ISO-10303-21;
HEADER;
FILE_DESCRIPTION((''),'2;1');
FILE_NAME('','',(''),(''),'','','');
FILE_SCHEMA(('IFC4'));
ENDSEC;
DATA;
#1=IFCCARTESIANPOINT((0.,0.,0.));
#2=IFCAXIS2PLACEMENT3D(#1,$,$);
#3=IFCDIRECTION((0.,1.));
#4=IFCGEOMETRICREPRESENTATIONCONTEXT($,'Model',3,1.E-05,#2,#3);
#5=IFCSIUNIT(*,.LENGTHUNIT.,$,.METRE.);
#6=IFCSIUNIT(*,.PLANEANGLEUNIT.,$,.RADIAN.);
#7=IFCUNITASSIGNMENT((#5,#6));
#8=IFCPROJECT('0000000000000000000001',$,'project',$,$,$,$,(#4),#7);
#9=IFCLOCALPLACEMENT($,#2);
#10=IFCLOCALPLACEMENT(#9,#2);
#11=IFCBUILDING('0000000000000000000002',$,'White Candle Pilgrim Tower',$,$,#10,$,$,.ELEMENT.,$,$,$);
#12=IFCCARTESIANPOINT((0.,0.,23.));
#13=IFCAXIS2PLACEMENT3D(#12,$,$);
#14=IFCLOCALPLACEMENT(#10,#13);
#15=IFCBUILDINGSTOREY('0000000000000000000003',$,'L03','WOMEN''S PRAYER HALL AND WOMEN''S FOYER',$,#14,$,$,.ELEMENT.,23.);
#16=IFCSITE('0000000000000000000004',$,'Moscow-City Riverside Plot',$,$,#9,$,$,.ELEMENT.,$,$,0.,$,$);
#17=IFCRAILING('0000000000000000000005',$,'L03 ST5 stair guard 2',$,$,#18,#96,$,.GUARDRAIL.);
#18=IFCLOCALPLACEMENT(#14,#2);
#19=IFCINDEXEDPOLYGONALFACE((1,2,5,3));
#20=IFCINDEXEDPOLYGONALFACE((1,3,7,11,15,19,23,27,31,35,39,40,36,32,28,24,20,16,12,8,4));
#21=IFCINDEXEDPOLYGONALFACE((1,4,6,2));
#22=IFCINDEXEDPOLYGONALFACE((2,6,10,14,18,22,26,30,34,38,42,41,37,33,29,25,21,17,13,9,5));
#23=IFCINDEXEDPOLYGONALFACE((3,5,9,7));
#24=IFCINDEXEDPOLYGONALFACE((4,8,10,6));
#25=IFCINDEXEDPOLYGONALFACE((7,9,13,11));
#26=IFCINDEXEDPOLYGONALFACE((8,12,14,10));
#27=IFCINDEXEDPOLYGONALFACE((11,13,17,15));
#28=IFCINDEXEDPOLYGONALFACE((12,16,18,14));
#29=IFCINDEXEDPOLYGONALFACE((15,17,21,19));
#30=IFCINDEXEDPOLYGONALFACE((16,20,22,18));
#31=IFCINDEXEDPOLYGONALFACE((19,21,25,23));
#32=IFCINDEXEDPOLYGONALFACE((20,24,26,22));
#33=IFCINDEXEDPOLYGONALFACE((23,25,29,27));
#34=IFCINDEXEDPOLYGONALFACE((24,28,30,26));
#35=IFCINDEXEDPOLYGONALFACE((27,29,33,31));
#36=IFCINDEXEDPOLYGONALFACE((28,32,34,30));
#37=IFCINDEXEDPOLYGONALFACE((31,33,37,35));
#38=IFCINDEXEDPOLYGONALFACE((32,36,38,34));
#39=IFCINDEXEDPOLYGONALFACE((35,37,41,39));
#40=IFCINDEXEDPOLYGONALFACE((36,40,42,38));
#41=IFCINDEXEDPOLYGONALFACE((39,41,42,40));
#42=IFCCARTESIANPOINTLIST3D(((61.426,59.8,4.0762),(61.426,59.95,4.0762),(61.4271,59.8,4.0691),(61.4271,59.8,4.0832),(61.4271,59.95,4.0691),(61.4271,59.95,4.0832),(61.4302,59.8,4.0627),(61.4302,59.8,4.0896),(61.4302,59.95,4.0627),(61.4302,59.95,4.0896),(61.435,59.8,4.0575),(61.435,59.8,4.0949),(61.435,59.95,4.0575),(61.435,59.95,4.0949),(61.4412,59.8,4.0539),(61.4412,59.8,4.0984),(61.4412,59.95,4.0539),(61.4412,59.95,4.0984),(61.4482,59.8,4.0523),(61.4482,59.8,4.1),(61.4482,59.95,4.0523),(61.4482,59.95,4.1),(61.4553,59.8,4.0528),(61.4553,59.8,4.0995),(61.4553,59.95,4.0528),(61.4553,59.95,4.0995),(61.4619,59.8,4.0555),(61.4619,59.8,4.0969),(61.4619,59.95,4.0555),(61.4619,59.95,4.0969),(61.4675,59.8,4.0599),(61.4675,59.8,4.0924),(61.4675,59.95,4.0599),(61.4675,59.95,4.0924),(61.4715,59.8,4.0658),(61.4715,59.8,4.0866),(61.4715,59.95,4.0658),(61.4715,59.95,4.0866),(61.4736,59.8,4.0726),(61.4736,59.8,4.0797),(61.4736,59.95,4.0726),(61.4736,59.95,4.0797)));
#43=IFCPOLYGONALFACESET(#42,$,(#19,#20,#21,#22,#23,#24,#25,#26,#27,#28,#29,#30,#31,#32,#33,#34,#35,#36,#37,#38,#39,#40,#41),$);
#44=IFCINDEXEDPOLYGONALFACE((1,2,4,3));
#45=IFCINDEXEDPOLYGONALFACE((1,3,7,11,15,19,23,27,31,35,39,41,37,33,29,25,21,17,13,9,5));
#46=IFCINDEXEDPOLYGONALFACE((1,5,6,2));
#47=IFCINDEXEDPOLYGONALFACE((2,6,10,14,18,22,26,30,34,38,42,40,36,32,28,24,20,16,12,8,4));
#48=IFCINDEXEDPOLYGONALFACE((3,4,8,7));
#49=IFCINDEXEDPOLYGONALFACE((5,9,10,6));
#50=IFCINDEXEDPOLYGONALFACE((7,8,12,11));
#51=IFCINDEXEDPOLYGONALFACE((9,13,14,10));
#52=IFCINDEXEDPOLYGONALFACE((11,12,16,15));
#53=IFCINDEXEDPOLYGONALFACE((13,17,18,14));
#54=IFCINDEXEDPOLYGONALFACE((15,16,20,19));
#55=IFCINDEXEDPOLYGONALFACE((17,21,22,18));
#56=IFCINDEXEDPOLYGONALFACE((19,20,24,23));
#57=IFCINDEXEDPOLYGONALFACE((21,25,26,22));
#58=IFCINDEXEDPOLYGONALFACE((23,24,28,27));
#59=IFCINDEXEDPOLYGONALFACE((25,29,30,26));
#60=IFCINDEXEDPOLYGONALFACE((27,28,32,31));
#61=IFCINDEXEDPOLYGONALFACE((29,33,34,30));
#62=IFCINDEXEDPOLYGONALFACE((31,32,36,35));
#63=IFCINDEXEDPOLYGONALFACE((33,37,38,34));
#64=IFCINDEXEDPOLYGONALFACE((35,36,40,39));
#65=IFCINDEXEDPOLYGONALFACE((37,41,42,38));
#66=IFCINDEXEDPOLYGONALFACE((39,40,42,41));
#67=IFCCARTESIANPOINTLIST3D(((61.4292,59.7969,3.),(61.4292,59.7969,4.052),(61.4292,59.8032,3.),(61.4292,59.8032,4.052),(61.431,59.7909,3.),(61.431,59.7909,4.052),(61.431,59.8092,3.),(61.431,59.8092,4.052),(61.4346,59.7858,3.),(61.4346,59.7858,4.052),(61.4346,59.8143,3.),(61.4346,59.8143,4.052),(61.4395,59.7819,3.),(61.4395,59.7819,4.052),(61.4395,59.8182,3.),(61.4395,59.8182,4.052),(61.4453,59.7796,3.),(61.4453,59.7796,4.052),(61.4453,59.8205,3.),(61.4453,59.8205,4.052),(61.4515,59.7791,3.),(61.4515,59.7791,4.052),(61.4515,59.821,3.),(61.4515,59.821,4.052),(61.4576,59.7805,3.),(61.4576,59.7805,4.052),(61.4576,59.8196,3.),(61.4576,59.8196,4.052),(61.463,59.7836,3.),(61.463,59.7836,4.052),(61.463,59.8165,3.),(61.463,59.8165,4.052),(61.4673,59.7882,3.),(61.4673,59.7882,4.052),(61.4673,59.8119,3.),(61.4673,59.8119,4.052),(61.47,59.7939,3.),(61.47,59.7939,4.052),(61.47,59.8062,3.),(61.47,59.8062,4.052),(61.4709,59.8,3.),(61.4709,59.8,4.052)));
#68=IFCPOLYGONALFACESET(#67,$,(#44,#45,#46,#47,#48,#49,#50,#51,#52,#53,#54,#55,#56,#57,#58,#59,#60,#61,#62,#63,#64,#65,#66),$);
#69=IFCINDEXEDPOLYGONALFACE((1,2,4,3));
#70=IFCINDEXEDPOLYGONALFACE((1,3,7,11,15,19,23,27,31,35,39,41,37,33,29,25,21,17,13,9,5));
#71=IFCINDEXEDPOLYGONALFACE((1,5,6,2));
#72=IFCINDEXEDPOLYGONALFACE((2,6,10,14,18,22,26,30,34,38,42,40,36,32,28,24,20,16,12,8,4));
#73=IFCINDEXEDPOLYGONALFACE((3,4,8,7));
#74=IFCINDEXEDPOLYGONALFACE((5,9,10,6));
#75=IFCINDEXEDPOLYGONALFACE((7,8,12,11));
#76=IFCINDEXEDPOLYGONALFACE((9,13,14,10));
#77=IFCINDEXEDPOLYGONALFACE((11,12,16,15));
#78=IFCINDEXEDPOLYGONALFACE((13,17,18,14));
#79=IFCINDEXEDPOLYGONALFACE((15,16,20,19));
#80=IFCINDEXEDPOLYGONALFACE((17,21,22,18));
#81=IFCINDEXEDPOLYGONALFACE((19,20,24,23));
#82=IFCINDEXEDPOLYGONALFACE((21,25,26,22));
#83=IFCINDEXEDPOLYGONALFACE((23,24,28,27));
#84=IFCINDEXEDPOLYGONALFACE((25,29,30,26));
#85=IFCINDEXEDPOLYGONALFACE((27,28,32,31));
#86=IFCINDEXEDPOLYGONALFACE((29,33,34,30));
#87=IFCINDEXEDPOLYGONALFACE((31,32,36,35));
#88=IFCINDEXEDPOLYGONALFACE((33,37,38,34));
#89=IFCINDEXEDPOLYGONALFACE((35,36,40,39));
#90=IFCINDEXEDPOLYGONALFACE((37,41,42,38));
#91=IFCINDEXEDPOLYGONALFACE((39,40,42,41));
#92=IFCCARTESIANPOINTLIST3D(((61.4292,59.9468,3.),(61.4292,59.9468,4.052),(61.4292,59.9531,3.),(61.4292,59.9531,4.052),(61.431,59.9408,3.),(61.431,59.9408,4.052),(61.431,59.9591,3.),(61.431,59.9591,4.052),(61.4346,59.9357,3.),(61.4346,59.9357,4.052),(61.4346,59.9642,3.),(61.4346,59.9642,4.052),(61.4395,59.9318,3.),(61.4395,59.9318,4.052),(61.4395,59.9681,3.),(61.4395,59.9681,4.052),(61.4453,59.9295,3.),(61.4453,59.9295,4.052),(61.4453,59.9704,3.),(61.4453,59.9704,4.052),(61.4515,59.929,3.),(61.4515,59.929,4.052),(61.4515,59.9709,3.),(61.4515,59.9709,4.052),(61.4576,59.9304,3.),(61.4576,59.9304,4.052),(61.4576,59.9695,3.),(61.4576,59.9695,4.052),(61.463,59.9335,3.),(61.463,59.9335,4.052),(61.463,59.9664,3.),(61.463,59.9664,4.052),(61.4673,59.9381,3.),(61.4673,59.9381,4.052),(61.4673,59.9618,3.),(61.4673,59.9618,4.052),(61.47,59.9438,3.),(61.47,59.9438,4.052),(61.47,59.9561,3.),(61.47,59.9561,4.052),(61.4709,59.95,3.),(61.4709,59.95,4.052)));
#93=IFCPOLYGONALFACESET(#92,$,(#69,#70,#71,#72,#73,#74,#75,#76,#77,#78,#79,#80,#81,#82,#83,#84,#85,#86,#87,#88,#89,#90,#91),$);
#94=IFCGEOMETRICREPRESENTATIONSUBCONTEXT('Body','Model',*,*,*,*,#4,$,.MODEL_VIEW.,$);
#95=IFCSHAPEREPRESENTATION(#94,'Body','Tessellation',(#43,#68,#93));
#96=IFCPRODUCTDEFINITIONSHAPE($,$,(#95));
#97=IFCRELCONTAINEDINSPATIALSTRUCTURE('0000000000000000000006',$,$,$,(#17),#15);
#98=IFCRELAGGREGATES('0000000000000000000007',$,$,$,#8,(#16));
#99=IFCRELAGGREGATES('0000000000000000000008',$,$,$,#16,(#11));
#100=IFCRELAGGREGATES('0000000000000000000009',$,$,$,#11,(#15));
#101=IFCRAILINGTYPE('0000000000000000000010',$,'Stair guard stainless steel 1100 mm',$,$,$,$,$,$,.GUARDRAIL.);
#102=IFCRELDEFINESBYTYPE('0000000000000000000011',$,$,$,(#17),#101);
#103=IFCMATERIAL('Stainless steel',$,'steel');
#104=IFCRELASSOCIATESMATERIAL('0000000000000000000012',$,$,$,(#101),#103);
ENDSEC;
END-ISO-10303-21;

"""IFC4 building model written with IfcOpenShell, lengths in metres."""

from ifc_helpers import new_model, si_unit, direction, frame, origin, origin_2d, place, context, subcontext, project, spatial, circle, extrude, material, type_object, element, save


model = new_model("IFC4")

# Units and contexts
model_context = context("Model", 3, precision=1e-05, world=origin(), true_north=direction((0.0, 1.0)))
body_context = subcontext(model_context, "Body", "Model", "MODEL_VIEW")
ifc_project = project(units=[si_unit("LENGTHUNIT", "METRE"), si_unit("PLANEANGLEUNIT", "RADIAN")], contexts=[model_context])

# Site, building, storey
site_placement = place(None, origin())
site = spatial("IfcSite", under=ifc_project, at=site_placement, Name="Moscow-City Riverside Plot", CompositionType="ELEMENT", RefElevation=0.0)
building_placement = place(site_placement, origin())
building = spatial("IfcBuilding", under=site, at=building_placement, Name="White Candle Pilgrim Tower", CompositionType="ELEMENT")
storey_placement = place(building_placement, frame((0.0, 0.0, 23.0)))
storey = spatial("IfcBuildingStorey", under=building, at=storey_placement, Name="L03", Description="WOMEN'S PRAYER HALL AND WOMEN'S FOYER", CompositionType="ELEMENT", Elevation=23.0)

# Railing
ifc_material_1 = material(Name="Stainless steel", Category="steel")
railing_type_1 = type_object("IfcRailingType", Name="Stair guard stainless steel 1100 mm", PredefinedType="GUARDRAIL", material=ifc_material_1)
railing_1_placement = place(storey_placement, frame((61.45, 59.8, 3.0)))
element("IfcRailing", 1, at=railing_1_placement, inside=storey, type_object=railing_type_1, Name="L03 ST5 stair guard 2", PredefinedType="GUARDRAIL", context=body_context, shape_type="SweptSolid", body=[
    extrude(circle(Radius=0.0239, at=origin_2d()), frame((0.0, 0.0, 1.0762), z_axis=(0.0, 1.0, 0.0), x_axis=(-1.0, 0.0, 0.0)), (0.0, 0.0, 1.0), 0.1499),
    extrude(circle(Radius=0.021, at=origin_2d()), origin(), (0.0, 0.0, 1.0), 1.052),
    extrude(circle(Radius=0.021, at=origin_2d()), frame((0.0, 0.1499, 0.0)), (0.0, 0.0, 1.0), 1.052),
])

save(model, "model.ifc")
